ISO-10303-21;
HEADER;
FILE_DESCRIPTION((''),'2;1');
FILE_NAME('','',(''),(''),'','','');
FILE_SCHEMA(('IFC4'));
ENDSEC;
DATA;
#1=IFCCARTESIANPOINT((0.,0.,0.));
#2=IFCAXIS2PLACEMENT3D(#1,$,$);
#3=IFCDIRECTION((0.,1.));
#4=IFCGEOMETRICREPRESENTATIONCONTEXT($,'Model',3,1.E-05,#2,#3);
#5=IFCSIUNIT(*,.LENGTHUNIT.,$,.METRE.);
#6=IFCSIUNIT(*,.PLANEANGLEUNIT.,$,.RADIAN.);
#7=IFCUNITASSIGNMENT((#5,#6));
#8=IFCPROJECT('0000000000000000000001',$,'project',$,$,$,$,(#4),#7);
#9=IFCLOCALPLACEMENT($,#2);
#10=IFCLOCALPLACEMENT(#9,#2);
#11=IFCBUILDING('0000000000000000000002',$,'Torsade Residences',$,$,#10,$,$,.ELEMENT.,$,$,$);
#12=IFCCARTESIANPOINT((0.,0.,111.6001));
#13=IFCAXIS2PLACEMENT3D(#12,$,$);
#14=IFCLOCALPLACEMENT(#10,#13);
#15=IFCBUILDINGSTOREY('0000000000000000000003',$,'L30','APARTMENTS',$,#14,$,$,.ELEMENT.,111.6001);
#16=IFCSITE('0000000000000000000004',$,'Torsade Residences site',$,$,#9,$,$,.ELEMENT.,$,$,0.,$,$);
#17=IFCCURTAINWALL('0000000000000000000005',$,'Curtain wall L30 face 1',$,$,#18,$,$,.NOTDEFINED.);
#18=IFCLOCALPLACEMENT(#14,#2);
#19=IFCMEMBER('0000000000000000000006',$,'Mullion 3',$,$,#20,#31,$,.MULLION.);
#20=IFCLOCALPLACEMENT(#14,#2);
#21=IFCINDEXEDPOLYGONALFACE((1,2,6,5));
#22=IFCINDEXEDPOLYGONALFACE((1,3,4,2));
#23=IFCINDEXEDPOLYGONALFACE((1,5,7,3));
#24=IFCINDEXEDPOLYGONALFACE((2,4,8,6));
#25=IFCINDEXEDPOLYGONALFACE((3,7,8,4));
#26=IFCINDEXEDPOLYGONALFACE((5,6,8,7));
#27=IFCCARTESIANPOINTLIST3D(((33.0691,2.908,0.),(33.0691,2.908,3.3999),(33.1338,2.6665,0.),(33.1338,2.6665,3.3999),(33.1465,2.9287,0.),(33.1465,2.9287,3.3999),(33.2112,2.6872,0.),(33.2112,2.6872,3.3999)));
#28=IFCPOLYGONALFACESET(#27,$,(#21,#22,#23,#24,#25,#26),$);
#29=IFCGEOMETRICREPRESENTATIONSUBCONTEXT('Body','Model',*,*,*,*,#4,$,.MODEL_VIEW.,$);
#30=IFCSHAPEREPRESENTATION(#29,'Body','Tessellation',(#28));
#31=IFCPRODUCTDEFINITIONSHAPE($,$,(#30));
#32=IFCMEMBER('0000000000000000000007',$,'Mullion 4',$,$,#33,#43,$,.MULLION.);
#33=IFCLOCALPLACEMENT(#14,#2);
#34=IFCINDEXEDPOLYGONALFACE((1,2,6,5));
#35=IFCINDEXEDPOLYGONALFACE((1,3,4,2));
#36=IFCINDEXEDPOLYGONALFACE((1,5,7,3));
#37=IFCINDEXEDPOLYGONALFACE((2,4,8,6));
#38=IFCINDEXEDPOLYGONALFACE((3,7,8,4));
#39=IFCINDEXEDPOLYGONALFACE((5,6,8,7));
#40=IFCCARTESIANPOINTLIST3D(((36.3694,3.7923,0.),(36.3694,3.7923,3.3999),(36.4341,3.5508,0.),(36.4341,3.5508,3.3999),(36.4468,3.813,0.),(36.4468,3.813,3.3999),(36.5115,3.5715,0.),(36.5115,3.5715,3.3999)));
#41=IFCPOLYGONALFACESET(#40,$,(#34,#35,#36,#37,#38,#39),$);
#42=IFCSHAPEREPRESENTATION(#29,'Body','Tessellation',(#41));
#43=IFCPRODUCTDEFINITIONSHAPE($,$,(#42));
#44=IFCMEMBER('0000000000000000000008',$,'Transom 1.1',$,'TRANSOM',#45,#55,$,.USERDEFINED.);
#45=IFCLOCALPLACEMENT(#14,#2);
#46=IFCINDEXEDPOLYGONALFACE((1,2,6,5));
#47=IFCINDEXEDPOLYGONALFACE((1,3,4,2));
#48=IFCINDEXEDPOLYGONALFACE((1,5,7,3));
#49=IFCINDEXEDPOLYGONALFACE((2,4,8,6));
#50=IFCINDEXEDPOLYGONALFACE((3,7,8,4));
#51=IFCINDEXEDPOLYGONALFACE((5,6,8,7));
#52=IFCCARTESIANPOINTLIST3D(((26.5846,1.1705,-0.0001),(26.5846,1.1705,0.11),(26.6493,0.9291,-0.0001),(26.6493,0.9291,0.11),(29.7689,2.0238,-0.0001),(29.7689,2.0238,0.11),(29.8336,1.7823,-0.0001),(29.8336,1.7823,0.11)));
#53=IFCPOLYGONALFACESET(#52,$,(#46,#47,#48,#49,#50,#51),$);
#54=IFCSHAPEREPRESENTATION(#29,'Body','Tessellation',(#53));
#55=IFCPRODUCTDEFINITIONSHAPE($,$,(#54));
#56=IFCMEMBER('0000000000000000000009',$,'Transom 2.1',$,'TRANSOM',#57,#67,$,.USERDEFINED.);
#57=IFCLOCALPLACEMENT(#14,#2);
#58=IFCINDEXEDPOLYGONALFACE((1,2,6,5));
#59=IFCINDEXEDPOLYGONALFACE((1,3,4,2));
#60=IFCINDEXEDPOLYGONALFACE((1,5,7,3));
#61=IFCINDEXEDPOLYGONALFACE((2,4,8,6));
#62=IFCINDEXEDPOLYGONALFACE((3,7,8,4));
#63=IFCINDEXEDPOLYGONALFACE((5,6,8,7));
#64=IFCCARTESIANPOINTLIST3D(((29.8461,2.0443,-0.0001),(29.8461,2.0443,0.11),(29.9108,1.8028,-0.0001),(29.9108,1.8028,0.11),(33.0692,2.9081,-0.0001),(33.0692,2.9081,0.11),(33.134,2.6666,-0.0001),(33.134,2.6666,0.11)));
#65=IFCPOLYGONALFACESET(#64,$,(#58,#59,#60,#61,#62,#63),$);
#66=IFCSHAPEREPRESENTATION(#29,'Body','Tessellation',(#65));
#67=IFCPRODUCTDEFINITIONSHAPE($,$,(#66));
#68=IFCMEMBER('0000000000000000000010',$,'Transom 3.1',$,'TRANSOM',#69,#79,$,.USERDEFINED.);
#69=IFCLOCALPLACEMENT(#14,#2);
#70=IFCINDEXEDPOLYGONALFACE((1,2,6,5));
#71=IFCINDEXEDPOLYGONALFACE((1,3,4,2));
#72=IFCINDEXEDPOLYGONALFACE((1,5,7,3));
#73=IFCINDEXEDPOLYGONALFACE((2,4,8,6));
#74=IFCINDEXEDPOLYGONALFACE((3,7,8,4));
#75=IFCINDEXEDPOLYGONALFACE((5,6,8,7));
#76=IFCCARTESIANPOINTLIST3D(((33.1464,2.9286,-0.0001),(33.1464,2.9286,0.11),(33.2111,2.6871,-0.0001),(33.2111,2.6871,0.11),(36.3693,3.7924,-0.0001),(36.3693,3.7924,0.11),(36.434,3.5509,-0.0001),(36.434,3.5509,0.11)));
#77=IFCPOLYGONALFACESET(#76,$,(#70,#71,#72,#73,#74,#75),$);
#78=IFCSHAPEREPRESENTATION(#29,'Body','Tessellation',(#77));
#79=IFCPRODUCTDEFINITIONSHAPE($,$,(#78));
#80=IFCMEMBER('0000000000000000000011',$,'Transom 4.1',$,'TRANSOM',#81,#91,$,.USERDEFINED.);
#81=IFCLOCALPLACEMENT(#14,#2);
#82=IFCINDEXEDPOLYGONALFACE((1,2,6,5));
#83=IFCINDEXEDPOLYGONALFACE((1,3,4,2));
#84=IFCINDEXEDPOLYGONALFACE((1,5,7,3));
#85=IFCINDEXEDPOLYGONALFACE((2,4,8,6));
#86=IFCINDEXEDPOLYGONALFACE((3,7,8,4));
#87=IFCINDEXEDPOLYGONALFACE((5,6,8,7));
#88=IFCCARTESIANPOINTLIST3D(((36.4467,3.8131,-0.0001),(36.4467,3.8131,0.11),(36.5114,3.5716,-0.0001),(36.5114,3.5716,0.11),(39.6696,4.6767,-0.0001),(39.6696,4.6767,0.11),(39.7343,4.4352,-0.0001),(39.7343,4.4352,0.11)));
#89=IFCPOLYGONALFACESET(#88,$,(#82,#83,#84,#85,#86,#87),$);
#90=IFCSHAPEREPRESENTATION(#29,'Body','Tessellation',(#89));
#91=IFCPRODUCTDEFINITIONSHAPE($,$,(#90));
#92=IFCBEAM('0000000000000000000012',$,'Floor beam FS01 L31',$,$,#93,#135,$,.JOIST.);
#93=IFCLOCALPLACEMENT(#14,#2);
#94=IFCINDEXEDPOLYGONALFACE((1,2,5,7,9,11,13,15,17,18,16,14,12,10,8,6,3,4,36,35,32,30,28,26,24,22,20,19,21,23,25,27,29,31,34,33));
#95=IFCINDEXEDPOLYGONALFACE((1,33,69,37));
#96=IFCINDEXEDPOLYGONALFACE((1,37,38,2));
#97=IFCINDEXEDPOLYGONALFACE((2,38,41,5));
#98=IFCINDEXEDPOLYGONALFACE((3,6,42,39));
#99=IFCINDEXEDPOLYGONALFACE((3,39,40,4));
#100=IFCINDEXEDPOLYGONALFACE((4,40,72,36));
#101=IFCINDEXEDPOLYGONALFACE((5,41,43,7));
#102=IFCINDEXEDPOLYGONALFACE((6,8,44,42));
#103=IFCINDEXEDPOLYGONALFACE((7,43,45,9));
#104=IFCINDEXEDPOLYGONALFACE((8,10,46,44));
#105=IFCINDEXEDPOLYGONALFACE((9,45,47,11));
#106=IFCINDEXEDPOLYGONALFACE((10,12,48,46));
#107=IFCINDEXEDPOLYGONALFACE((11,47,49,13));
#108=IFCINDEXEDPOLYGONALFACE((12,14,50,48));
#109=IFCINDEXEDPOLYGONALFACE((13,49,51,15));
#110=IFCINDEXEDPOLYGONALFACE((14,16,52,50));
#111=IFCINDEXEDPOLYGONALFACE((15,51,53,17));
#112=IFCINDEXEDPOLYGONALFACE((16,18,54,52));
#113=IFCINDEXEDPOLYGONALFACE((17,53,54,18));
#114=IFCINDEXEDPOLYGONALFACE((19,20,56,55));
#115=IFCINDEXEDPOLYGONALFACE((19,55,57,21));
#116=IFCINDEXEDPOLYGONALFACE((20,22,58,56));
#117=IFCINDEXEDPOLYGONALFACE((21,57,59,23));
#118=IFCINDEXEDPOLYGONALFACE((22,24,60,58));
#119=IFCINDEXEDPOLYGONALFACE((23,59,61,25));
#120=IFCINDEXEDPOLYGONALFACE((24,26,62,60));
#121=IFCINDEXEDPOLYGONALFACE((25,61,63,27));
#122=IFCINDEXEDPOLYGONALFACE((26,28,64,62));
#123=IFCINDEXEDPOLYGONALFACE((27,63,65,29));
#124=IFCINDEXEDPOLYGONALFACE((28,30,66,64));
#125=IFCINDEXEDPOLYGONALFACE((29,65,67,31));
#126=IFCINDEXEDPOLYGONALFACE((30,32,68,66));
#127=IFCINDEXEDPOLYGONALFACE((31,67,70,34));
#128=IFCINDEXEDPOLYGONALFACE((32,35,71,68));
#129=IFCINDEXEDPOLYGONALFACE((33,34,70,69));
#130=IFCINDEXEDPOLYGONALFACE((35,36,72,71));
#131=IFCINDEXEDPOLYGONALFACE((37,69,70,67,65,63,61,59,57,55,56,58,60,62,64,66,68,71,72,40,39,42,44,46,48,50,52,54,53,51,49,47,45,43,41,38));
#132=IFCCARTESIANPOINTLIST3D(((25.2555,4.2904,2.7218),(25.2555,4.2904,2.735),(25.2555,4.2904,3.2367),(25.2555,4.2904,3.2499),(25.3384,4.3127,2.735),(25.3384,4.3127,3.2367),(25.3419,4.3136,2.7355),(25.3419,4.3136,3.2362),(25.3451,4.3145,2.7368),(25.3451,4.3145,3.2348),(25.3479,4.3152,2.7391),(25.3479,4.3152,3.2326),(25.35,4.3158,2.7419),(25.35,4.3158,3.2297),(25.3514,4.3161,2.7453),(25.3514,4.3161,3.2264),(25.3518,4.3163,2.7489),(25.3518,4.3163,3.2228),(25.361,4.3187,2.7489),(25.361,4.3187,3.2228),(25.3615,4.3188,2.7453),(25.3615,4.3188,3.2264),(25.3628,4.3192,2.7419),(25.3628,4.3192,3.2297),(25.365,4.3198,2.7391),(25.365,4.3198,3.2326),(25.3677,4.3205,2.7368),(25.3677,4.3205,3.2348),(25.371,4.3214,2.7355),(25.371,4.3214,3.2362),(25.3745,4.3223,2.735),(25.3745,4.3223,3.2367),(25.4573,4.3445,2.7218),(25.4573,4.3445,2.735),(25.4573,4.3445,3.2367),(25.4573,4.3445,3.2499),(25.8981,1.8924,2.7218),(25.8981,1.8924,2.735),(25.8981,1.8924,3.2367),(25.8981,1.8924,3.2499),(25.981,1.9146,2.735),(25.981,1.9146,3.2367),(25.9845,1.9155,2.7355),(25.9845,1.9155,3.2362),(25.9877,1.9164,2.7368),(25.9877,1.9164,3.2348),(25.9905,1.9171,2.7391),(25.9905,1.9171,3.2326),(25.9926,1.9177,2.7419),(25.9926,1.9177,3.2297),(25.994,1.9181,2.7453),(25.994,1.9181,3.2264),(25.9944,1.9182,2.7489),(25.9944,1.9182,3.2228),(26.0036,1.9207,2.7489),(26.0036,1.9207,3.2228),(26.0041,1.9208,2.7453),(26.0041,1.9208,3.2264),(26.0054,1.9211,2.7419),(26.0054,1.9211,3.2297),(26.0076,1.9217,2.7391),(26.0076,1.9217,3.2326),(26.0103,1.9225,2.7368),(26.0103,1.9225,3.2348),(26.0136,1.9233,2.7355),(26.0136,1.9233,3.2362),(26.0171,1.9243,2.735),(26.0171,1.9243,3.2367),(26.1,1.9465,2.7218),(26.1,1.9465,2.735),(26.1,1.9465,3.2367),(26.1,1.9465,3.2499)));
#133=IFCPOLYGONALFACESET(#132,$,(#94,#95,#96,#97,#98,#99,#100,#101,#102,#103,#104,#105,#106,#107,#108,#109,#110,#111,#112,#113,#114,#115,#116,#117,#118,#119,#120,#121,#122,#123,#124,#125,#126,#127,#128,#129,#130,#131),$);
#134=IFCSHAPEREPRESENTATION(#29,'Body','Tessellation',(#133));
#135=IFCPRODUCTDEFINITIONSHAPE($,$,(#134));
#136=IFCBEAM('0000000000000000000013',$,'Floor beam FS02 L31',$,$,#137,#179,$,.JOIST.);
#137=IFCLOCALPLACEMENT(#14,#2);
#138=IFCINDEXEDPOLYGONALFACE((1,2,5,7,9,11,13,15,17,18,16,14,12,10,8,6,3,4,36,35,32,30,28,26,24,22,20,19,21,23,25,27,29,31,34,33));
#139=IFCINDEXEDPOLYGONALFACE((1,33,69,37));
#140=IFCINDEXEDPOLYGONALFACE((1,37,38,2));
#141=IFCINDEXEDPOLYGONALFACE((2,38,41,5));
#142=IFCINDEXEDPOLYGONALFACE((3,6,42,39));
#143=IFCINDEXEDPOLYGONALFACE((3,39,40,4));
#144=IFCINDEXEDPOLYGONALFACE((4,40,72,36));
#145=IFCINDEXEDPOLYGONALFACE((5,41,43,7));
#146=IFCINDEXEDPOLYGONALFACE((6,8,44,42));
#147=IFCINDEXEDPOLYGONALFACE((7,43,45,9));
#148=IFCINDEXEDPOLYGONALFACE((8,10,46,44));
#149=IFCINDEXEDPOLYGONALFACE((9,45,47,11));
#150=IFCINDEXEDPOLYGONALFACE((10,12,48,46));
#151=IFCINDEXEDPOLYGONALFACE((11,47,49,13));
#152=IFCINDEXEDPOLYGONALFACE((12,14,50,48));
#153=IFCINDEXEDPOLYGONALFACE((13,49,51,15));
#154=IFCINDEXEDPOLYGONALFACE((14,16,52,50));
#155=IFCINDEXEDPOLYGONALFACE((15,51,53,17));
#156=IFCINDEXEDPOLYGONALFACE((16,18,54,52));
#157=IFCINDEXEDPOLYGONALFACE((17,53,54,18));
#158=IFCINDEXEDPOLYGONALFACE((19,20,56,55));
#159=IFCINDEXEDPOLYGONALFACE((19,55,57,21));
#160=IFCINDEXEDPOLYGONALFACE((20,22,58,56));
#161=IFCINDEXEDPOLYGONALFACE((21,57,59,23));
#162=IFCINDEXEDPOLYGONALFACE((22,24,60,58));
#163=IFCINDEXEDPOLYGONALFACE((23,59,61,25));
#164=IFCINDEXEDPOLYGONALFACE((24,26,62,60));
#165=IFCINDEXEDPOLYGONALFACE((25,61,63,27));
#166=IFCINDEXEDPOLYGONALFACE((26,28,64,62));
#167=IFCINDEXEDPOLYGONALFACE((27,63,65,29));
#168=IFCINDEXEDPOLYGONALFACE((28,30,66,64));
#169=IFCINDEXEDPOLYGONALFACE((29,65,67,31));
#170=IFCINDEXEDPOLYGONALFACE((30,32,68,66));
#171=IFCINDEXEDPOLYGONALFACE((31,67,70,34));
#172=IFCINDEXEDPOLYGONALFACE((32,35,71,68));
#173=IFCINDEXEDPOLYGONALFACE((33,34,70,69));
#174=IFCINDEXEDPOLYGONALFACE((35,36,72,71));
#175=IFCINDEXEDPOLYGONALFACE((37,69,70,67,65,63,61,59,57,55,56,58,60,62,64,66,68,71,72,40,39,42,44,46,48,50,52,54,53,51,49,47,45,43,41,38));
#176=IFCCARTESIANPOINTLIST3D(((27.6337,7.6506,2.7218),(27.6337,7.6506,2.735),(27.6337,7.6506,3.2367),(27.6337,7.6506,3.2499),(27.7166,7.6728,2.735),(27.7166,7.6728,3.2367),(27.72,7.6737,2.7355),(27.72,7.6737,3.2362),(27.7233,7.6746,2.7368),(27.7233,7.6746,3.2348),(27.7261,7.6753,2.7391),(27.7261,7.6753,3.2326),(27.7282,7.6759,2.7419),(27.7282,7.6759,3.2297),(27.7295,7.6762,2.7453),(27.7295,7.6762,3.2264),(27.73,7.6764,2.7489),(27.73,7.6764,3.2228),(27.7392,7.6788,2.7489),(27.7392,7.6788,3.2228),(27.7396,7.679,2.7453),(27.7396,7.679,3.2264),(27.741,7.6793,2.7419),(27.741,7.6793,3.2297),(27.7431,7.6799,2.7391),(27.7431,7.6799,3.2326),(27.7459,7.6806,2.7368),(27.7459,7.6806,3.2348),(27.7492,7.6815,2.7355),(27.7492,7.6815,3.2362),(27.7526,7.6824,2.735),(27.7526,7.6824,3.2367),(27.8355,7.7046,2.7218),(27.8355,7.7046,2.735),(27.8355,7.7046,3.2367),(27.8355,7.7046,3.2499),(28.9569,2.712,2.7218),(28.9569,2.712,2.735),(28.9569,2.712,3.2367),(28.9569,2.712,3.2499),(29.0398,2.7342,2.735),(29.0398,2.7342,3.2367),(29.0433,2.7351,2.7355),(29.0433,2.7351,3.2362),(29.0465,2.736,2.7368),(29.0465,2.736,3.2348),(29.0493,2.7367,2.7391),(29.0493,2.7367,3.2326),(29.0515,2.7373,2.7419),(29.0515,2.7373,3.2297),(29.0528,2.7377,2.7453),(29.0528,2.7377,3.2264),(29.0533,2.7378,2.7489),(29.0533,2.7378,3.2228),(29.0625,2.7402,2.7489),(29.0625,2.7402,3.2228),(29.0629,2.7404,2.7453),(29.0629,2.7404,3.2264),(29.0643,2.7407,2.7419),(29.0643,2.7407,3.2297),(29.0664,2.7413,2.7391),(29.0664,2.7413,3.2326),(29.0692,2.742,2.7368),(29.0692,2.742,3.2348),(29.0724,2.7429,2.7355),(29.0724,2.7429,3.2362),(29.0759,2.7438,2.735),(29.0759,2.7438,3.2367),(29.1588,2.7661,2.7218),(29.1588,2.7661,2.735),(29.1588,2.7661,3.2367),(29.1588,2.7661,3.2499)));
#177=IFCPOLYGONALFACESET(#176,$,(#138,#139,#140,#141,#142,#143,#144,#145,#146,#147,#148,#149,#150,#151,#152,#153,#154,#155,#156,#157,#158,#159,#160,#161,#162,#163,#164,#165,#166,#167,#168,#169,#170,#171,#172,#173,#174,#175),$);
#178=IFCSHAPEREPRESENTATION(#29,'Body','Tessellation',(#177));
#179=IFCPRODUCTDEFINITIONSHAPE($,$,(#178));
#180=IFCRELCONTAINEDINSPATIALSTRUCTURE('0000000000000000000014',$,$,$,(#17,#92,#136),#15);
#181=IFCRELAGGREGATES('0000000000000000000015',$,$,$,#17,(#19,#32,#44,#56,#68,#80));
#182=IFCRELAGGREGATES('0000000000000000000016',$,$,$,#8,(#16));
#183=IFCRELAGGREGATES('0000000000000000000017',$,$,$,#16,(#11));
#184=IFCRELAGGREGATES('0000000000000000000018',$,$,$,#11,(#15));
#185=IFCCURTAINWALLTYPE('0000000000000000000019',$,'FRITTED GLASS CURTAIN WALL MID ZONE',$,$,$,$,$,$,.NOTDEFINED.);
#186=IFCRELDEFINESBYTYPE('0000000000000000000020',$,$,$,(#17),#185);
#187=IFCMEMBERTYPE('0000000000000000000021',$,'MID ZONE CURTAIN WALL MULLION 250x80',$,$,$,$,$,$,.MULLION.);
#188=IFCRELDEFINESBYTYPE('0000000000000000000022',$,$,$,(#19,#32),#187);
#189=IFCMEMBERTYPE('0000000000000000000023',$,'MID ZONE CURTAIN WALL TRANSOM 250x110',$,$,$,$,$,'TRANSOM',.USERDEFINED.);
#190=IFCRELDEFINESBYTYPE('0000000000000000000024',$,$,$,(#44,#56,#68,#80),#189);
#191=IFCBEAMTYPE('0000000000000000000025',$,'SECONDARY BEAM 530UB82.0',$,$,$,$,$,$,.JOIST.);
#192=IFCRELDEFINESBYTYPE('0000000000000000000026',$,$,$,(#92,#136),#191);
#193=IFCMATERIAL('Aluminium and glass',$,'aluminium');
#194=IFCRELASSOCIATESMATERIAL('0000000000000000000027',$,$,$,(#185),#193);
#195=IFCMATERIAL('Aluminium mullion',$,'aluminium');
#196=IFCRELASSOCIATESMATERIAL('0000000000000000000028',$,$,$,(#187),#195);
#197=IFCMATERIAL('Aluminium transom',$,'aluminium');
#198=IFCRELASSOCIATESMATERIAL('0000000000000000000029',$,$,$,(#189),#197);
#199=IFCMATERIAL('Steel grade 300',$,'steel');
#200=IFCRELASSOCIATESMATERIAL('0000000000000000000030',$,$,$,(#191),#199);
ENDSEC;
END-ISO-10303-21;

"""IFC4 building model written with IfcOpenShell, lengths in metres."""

from ifc_helpers import new_model, si_unit, direction, frame, origin, origin_2d, place, context, subcontext, project, spatial, rectangle, i_section, extrude, material, material_profile, profile_set, type_object, element, aggregate, save


model = new_model("IFC4")

# Units and contexts
model_context = context("Model", 3, precision=1e-05, world=origin(), true_north=direction((0.0, 1.0)))
body_context = subcontext(model_context, "Body", "Model", "MODEL_VIEW")
ifc_project = project(units=[si_unit("LENGTHUNIT", "METRE"), si_unit("PLANEANGLEUNIT", "RADIAN")], contexts=[model_context])

# Site, building, storey
site_placement = place(None, origin())
site = spatial("IfcSite", under=ifc_project, at=site_placement, Name="Torsade Residences site", CompositionType="ELEMENT", RefElevation=0.0)
building_placement = place(site_placement, origin())
building = spatial("IfcBuilding", under=site, at=building_placement, Name="Torsade Residences", CompositionType="ELEMENT")
storey_placement = place(building_placement, frame((0.0, 0.0, 111.6001)))
storey = spatial("IfcBuildingStorey", under=building, at=storey_placement, Name="L30", Description="APARTMENTS", CompositionType="ELEMENT", Elevation=111.6001)

# Curtain wall, members
ifc_material_1 = material(Name="Aluminium and glass", Category="aluminium")
curtain_wall_type = type_object("IfcCurtainWallType", Name="FRITTED GLASS CURTAIN WALL MID ZONE", PredefinedType="NOTDEFINED", material=ifc_material_1)
curtain_wall_placement = place(storey_placement, origin())
curtain_wall = element("IfcCurtainWall", 1, at=curtain_wall_placement, inside=storey, type_object=curtain_wall_type, Name="Curtain wall L30 face 1", PredefinedType="NOTDEFINED")
ifc_material_2 = material(Name="Aluminium mullion", Category="aluminium")
ifc_material_profile_1 = material_profile(ifc_material_2, rectangle(XDim=0.25, YDim=0.0801, at=origin_2d()), Name="MID ZONE CURTAIN WALL MULLION 250x80")
ifc_profile_set_1 = profile_set([ifc_material_profile_1], Name="Aluminium mullion")
member_type_1 = type_object("IfcMemberType", Name="MID ZONE CURTAIN WALL MULLION 250x80", PredefinedType="MULLION", material=ifc_profile_set_1)
member_1_placement = place(storey_placement, frame((33.1401, 2.7976, 0.0), z_axis=(0.0, 0.0, 1.0), x_axis=(-0.258819, 0.965926, 0.0)))
member_1 = element("IfcMember", 2, at=member_1_placement, type_object=member_type_1, Name="Mullion 3", PredefinedType="MULLION", context=body_context, shape_type="SweptSolid", body=[
    extrude(rectangle(XDim=0.25, YDim=0.0801, at=origin_2d()), origin(), (0.0, 0.0, 1.0), 3.3999),
])
member_2_placement = place(storey_placement, frame((36.4404, 3.6819, 0.0), z_axis=(0.0, 0.0, 1.0), x_axis=(-0.258819, 0.965926, 0.0)))
member_2 = element("IfcMember", 3, at=member_2_placement, type_object=member_type_1, Name="Mullion 4", PredefinedType="MULLION", context=body_context, shape_type="SweptSolid", body=[
    extrude(rectangle(XDim=0.25, YDim=0.0801, at=origin_2d()), origin(), (0.0, 0.0, 1.0), 3.3999),
])
ifc_material_3 = material(Name="Aluminium transom", Category="aluminium")
ifc_material_profile_2 = material_profile(ifc_material_3, rectangle(XDim=0.25, YDim=0.1101, at=origin_2d()), Name="MID ZONE CURTAIN WALL TRANSOM 250x110")
ifc_profile_set_2 = profile_set([ifc_material_profile_2], Name="Aluminium transom")
member_type_2 = type_object("IfcMemberType", Name="MID ZONE CURTAIN WALL TRANSOM 250x110", ElementType="TRANSOM", PredefinedType="USERDEFINED", material=ifc_profile_set_2)
member_3_placement = place(storey_placement, frame((26.6169, 1.0498, 0.0549), z_axis=(0.965923, 0.258829, 0.0), x_axis=(-0.258829, 0.965923, 0.0)))
member_3 = element("IfcMember", 4, at=member_3_placement, type_object=member_type_2, Name="Transom 1.1", ObjectType="TRANSOM", PredefinedType="USERDEFINED", context=body_context, shape_type="SweptSolid", body=[
    extrude(rectangle(XDim=0.25, YDim=0.1101, at=origin_2d()), origin(), (0.0, 0.0, 1.0), 3.2966),
])
member_4_placement = place(storey_placement, frame((29.8784, 1.9236, 0.0549), z_axis=(0.965916, 0.258856, 0.0), x_axis=(-0.258856, 0.965916, 0.0)))
member_4 = element("IfcMember", 5, at=member_4_placement, type_object=member_type_2, Name="Transom 2.1", ObjectType="TRANSOM", PredefinedType="USERDEFINED", context=body_context, shape_type="SweptSolid", body=[
    extrude(rectangle(XDim=0.25, YDim=0.1101, at=origin_2d()), origin(), (0.0, 0.0, 1.0), 3.3369),
])
member_5_placement = place(storey_placement, frame((33.1787, 2.8079, 0.0549), z_axis=(0.965911, 0.258874, 0.0), x_axis=(-0.258874, 0.965911, 0.0)))
member_5 = element("IfcMember", 6, at=member_5_placement, type_object=member_type_2, Name="Transom 3.1", ObjectType="TRANSOM", PredefinedType="USERDEFINED", context=body_context, shape_type="SweptSolid", body=[
    extrude(rectangle(XDim=0.25, YDim=0.1101, at=origin_2d()), origin(), (0.0, 0.0, 1.0), 3.3367),
])
member_6_placement = place(storey_placement, frame((36.479, 3.6924, 0.0549), z_axis=(0.965929, 0.258806, 0.0), x_axis=(-0.258806, 0.965929, 0.0)))
member_6 = element("IfcMember", 7, at=member_6_placement, type_object=member_type_2, Name="Transom 4.1", ObjectType="TRANSOM", PredefinedType="USERDEFINED", context=body_context, shape_type="SweptSolid", body=[
    extrude(rectangle(XDim=0.25, YDim=0.1101, at=origin_2d()), origin(), (0.0, 0.0, 1.0), 3.3367),
])

# Beams
ifc_material_4 = material(Name="Steel grade 300", Category="steel")
ifc_material_profile_3 = material_profile(ifc_material_4, i_section(OverallWidth=0.209, OverallDepth=0.5281, WebThickness=0.0095, FlangeThickness=0.0132, FilletRadius=0.0139, at=origin_2d()), Name="530UB82.0")
ifc_profile_set_3 = profile_set([ifc_material_profile_3], Name="Steel grade 300")
beam_type_1 = type_object("IfcBeamType", Name="SECONDARY BEAM 530UB82.0", PredefinedType="JOIST", material=ifc_profile_set_3)
beam_1_placement = place(storey_placement, frame((25.999, 1.9194, 2.9858), z_axis=(-0.258838, 0.965921, 0.0), x_axis=(-0.965921, -0.258838, 0.0)))
element("IfcBeam", 8, at=beam_1_placement, inside=storey, type_object=beam_type_1, Name="Floor beam FS01 L31", PredefinedType="JOIST", context=body_context, shape_type="SweptSolid", body=[
    extrude(i_section(OverallWidth=0.209, OverallDepth=0.5281, WebThickness=0.0095, FlangeThickness=0.0132, FilletRadius=0.0139, at=origin_2d()), origin(), (0.0, 0.0, 1.0), 2.4827),
])
beam_2_placement = place(storey_placement, frame((29.0579, 2.739, 2.9858), z_axis=(-0.258816, 0.965927, 0.0), x_axis=(-0.965927, -0.258816, 0.0)))
element("IfcBeam", 9, at=beam_2_placement, inside=storey, type_object=beam_type_1, Name="Floor beam FS02 L31", PredefinedType="JOIST", context=body_context, shape_type="SweptSolid", body=[
    extrude(i_section(OverallWidth=0.209, OverallDepth=0.5281, WebThickness=0.0095, FlangeThickness=0.0132, FilletRadius=0.0139, at=origin_2d()), origin(), (0.0, 0.0, 1.0), 5.1128),
])

aggregate(curtain_wall, [member_1, member_2, member_3, member_4, member_5, member_6])

save(model, "model.ifc")
